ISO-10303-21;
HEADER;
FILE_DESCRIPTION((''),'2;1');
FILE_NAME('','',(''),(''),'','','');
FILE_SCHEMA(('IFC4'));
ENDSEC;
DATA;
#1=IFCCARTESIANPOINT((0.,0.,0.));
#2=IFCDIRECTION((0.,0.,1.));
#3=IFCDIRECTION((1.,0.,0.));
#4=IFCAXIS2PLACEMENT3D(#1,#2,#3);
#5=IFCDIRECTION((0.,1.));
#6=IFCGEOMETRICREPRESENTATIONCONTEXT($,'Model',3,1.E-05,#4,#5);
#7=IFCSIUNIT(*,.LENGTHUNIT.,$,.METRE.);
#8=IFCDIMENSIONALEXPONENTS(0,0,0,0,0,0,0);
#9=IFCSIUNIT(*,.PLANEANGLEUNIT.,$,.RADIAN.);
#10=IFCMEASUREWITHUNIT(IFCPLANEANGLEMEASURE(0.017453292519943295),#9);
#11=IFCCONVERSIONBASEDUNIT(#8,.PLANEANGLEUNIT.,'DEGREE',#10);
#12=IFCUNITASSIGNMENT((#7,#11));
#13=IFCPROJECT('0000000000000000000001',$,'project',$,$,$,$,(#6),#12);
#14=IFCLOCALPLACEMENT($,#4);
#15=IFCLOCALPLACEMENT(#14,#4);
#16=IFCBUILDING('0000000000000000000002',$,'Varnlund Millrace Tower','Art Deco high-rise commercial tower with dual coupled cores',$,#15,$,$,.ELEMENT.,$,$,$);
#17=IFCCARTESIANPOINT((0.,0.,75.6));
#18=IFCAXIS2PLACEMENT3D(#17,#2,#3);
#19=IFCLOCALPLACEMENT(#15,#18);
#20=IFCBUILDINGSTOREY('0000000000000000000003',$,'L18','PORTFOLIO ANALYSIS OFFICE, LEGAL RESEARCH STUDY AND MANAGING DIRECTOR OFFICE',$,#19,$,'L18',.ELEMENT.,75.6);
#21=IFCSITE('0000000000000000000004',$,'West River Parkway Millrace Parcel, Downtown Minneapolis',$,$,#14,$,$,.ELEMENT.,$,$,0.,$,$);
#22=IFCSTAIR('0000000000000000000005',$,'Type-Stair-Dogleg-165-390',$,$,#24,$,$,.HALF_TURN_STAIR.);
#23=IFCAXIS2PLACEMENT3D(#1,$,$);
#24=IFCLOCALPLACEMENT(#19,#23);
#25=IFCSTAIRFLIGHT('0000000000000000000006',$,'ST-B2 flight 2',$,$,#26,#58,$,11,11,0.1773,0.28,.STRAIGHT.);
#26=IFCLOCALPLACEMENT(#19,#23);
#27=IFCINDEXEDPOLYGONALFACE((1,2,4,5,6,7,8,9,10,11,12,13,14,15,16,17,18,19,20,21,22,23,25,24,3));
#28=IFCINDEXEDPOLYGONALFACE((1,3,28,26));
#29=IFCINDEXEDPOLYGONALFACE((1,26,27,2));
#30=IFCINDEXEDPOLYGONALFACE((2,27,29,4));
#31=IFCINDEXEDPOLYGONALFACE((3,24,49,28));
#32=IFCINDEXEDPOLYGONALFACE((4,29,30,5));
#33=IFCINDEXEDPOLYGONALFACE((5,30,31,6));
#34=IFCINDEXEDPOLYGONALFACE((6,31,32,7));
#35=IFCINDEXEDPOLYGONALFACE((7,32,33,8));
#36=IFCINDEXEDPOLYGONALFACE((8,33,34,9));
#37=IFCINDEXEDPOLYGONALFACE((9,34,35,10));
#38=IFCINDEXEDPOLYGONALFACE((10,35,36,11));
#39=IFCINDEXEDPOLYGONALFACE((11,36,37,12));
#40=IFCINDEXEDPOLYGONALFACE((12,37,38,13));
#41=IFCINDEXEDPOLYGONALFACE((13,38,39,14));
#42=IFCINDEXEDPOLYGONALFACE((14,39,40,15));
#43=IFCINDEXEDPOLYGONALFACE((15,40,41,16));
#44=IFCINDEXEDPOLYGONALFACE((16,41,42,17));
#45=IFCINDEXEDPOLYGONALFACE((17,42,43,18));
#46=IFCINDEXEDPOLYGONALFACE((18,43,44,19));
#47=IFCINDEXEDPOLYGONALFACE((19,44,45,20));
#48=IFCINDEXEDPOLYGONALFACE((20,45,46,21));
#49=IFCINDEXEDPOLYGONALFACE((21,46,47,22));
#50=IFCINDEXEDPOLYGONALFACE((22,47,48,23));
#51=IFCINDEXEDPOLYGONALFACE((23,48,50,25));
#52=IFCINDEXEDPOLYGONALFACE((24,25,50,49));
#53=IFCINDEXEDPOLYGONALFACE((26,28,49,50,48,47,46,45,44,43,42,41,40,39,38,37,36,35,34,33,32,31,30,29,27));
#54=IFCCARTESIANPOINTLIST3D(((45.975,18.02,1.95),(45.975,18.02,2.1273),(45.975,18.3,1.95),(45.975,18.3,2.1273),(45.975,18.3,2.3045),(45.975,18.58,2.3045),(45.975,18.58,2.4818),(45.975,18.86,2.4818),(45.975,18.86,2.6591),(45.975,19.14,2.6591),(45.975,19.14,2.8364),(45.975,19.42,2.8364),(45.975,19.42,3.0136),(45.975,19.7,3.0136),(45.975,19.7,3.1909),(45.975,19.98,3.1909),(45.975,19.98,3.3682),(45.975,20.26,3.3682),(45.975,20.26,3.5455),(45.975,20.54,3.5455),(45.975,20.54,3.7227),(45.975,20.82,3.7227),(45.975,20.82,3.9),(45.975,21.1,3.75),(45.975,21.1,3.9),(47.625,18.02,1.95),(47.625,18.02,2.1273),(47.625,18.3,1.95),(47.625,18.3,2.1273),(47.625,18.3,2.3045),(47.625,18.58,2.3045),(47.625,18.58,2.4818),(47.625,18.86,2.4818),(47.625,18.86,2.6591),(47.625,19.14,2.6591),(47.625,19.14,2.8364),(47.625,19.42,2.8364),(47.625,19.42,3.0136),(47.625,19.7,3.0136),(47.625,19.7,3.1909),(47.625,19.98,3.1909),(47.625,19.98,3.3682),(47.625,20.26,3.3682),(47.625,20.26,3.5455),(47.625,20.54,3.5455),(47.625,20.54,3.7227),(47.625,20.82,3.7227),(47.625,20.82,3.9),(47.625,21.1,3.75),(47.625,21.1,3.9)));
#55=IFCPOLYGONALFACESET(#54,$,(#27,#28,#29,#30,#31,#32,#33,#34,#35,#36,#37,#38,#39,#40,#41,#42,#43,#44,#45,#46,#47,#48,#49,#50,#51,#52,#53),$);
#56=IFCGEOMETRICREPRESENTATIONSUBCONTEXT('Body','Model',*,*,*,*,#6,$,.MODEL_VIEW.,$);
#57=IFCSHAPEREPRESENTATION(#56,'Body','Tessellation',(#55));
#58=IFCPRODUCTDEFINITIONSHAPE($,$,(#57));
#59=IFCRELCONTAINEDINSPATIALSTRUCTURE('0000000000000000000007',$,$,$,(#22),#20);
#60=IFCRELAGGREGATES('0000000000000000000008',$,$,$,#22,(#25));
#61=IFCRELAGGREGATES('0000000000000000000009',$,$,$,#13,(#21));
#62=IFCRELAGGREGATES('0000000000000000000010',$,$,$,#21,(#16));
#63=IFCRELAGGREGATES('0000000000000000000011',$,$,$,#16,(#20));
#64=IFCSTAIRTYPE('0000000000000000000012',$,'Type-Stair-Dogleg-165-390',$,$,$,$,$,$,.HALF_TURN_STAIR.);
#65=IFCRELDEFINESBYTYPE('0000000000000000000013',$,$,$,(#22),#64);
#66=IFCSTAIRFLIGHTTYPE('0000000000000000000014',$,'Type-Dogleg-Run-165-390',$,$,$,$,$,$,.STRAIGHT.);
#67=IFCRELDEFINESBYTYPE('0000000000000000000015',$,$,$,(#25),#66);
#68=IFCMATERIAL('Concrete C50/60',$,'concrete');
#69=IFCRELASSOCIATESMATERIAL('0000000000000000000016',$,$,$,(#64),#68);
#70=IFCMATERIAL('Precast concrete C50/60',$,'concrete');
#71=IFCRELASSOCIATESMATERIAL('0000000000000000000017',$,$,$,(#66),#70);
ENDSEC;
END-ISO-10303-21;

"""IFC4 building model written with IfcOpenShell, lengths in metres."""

from ifc_helpers import new_model, entity, si_unit, converted_unit, direction, frame, origin_with_axes, place, context, subcontext, project, spatial, polyline, outline, extrude, material, type_object, element, aggregate, save


model = new_model("IFC4")

# Units and contexts
model_context = context("Model", 3, precision=1e-05, world=origin_with_axes(), true_north=direction((0.0, 1.0)))
body_context = subcontext(model_context, "Body", "Model", "MODEL_VIEW")
ifc_project = project(units=[si_unit("LENGTHUNIT", "METRE"), converted_unit("PLANEANGLEUNIT", "DEGREE", entity("IfcPlaneAngleMeasure", 0.017453292519943295), si_unit("PLANEANGLEUNIT", "RADIAN"), dimensions=[0, 0, 0, 0, 0, 0, 0])], contexts=[model_context])

# Site, building, storey
site_placement = place(None, origin_with_axes())
site = spatial("IfcSite", under=ifc_project, at=site_placement, Name="West River Parkway Millrace Parcel, Downtown Minneapolis", CompositionType="ELEMENT", RefElevation=0.0)
building_placement = place(site_placement, origin_with_axes())
building = spatial("IfcBuilding", under=site, at=building_placement, Name="Varnlund Millrace Tower", Description="Art Deco high-rise commercial tower with dual coupled cores", CompositionType="ELEMENT")
storey_placement = place(building_placement, frame((0.0, 0.0, 75.6), z_axis=(0.0, 0.0, 1.0), x_axis=(1.0, 0.0, 0.0)))
storey = spatial("IfcBuildingStorey", under=building, at=storey_placement, Name="L18", Description="PORTFOLIO ANALYSIS OFFICE, LEGAL RESEARCH STUDY AND MANAGING DIRECTOR OFFICE", LongName="L18", CompositionType="ELEMENT", Elevation=75.6)

# Shared definitions
ifc_material_1 = material(Name="Precast concrete C50/60", Category="concrete")

# Stair, stair flight
ifc_material_2 = material(Name="Concrete C50/60", Category="concrete")
stair_type = type_object("IfcStairType", Name="Type-Stair-Dogleg-165-390", PredefinedType="HALF_TURN_STAIR", material=ifc_material_2)
stair_placement = place(storey_placement, origin_with_axes())
stair = element("IfcStair", 1, at=stair_placement, inside=storey, type_object=stair_type, Name="Type-Stair-Dogleg-165-390", PredefinedType="HALF_TURN_STAIR")
stair_flight_type = type_object("IfcStairFlightType", Name="Type-Dogleg-Run-165-390", PredefinedType="STRAIGHT", material=ifc_material_1)
stair_flight_placement = place(storey_placement, frame((45.975, 18.02, 1.95), z_axis=(1.0, 0.0, 0.0), x_axis=(0.0, 1.0, 0.0)))
stair_flight = element("IfcStairFlight", 2, at=stair_flight_placement, type_object=stair_flight_type, Name="ST-B2 flight 2", NumberOfRisers=11, NumberOfTreads=11, PredefinedType="STRAIGHT", RiserHeight=0.1773, TreadLength=0.28, context=body_context, shape_type="SweptSolid", body=[
    extrude(outline(polyline([(0.0, 0.0), (0.0, 0.1773), (0.28, 0.1773), (0.28, 0.3545), (0.56, 0.3545), (0.56, 0.5318), (0.84, 0.5318), (0.84, 0.7091), (1.12, 0.7091), (1.12, 0.8864), (1.4, 0.8864), (1.4, 1.0636), (1.68, 1.0636), (1.68, 1.2409), (1.96, 1.2409), (1.96, 1.4182), (2.24, 1.4182), (2.24, 1.5955), (2.52, 1.5955), (2.52, 1.7727), (2.8, 1.7727), (2.8, 1.95), (3.08, 1.95), (3.08, 1.8), (0.28, 0.0), (0.0, 0.0)])), origin_with_axes(), (0.0, 0.0, 1.0), 1.65),
])
aggregate(stair, [stair_flight])

save(model, "model.ifc")
